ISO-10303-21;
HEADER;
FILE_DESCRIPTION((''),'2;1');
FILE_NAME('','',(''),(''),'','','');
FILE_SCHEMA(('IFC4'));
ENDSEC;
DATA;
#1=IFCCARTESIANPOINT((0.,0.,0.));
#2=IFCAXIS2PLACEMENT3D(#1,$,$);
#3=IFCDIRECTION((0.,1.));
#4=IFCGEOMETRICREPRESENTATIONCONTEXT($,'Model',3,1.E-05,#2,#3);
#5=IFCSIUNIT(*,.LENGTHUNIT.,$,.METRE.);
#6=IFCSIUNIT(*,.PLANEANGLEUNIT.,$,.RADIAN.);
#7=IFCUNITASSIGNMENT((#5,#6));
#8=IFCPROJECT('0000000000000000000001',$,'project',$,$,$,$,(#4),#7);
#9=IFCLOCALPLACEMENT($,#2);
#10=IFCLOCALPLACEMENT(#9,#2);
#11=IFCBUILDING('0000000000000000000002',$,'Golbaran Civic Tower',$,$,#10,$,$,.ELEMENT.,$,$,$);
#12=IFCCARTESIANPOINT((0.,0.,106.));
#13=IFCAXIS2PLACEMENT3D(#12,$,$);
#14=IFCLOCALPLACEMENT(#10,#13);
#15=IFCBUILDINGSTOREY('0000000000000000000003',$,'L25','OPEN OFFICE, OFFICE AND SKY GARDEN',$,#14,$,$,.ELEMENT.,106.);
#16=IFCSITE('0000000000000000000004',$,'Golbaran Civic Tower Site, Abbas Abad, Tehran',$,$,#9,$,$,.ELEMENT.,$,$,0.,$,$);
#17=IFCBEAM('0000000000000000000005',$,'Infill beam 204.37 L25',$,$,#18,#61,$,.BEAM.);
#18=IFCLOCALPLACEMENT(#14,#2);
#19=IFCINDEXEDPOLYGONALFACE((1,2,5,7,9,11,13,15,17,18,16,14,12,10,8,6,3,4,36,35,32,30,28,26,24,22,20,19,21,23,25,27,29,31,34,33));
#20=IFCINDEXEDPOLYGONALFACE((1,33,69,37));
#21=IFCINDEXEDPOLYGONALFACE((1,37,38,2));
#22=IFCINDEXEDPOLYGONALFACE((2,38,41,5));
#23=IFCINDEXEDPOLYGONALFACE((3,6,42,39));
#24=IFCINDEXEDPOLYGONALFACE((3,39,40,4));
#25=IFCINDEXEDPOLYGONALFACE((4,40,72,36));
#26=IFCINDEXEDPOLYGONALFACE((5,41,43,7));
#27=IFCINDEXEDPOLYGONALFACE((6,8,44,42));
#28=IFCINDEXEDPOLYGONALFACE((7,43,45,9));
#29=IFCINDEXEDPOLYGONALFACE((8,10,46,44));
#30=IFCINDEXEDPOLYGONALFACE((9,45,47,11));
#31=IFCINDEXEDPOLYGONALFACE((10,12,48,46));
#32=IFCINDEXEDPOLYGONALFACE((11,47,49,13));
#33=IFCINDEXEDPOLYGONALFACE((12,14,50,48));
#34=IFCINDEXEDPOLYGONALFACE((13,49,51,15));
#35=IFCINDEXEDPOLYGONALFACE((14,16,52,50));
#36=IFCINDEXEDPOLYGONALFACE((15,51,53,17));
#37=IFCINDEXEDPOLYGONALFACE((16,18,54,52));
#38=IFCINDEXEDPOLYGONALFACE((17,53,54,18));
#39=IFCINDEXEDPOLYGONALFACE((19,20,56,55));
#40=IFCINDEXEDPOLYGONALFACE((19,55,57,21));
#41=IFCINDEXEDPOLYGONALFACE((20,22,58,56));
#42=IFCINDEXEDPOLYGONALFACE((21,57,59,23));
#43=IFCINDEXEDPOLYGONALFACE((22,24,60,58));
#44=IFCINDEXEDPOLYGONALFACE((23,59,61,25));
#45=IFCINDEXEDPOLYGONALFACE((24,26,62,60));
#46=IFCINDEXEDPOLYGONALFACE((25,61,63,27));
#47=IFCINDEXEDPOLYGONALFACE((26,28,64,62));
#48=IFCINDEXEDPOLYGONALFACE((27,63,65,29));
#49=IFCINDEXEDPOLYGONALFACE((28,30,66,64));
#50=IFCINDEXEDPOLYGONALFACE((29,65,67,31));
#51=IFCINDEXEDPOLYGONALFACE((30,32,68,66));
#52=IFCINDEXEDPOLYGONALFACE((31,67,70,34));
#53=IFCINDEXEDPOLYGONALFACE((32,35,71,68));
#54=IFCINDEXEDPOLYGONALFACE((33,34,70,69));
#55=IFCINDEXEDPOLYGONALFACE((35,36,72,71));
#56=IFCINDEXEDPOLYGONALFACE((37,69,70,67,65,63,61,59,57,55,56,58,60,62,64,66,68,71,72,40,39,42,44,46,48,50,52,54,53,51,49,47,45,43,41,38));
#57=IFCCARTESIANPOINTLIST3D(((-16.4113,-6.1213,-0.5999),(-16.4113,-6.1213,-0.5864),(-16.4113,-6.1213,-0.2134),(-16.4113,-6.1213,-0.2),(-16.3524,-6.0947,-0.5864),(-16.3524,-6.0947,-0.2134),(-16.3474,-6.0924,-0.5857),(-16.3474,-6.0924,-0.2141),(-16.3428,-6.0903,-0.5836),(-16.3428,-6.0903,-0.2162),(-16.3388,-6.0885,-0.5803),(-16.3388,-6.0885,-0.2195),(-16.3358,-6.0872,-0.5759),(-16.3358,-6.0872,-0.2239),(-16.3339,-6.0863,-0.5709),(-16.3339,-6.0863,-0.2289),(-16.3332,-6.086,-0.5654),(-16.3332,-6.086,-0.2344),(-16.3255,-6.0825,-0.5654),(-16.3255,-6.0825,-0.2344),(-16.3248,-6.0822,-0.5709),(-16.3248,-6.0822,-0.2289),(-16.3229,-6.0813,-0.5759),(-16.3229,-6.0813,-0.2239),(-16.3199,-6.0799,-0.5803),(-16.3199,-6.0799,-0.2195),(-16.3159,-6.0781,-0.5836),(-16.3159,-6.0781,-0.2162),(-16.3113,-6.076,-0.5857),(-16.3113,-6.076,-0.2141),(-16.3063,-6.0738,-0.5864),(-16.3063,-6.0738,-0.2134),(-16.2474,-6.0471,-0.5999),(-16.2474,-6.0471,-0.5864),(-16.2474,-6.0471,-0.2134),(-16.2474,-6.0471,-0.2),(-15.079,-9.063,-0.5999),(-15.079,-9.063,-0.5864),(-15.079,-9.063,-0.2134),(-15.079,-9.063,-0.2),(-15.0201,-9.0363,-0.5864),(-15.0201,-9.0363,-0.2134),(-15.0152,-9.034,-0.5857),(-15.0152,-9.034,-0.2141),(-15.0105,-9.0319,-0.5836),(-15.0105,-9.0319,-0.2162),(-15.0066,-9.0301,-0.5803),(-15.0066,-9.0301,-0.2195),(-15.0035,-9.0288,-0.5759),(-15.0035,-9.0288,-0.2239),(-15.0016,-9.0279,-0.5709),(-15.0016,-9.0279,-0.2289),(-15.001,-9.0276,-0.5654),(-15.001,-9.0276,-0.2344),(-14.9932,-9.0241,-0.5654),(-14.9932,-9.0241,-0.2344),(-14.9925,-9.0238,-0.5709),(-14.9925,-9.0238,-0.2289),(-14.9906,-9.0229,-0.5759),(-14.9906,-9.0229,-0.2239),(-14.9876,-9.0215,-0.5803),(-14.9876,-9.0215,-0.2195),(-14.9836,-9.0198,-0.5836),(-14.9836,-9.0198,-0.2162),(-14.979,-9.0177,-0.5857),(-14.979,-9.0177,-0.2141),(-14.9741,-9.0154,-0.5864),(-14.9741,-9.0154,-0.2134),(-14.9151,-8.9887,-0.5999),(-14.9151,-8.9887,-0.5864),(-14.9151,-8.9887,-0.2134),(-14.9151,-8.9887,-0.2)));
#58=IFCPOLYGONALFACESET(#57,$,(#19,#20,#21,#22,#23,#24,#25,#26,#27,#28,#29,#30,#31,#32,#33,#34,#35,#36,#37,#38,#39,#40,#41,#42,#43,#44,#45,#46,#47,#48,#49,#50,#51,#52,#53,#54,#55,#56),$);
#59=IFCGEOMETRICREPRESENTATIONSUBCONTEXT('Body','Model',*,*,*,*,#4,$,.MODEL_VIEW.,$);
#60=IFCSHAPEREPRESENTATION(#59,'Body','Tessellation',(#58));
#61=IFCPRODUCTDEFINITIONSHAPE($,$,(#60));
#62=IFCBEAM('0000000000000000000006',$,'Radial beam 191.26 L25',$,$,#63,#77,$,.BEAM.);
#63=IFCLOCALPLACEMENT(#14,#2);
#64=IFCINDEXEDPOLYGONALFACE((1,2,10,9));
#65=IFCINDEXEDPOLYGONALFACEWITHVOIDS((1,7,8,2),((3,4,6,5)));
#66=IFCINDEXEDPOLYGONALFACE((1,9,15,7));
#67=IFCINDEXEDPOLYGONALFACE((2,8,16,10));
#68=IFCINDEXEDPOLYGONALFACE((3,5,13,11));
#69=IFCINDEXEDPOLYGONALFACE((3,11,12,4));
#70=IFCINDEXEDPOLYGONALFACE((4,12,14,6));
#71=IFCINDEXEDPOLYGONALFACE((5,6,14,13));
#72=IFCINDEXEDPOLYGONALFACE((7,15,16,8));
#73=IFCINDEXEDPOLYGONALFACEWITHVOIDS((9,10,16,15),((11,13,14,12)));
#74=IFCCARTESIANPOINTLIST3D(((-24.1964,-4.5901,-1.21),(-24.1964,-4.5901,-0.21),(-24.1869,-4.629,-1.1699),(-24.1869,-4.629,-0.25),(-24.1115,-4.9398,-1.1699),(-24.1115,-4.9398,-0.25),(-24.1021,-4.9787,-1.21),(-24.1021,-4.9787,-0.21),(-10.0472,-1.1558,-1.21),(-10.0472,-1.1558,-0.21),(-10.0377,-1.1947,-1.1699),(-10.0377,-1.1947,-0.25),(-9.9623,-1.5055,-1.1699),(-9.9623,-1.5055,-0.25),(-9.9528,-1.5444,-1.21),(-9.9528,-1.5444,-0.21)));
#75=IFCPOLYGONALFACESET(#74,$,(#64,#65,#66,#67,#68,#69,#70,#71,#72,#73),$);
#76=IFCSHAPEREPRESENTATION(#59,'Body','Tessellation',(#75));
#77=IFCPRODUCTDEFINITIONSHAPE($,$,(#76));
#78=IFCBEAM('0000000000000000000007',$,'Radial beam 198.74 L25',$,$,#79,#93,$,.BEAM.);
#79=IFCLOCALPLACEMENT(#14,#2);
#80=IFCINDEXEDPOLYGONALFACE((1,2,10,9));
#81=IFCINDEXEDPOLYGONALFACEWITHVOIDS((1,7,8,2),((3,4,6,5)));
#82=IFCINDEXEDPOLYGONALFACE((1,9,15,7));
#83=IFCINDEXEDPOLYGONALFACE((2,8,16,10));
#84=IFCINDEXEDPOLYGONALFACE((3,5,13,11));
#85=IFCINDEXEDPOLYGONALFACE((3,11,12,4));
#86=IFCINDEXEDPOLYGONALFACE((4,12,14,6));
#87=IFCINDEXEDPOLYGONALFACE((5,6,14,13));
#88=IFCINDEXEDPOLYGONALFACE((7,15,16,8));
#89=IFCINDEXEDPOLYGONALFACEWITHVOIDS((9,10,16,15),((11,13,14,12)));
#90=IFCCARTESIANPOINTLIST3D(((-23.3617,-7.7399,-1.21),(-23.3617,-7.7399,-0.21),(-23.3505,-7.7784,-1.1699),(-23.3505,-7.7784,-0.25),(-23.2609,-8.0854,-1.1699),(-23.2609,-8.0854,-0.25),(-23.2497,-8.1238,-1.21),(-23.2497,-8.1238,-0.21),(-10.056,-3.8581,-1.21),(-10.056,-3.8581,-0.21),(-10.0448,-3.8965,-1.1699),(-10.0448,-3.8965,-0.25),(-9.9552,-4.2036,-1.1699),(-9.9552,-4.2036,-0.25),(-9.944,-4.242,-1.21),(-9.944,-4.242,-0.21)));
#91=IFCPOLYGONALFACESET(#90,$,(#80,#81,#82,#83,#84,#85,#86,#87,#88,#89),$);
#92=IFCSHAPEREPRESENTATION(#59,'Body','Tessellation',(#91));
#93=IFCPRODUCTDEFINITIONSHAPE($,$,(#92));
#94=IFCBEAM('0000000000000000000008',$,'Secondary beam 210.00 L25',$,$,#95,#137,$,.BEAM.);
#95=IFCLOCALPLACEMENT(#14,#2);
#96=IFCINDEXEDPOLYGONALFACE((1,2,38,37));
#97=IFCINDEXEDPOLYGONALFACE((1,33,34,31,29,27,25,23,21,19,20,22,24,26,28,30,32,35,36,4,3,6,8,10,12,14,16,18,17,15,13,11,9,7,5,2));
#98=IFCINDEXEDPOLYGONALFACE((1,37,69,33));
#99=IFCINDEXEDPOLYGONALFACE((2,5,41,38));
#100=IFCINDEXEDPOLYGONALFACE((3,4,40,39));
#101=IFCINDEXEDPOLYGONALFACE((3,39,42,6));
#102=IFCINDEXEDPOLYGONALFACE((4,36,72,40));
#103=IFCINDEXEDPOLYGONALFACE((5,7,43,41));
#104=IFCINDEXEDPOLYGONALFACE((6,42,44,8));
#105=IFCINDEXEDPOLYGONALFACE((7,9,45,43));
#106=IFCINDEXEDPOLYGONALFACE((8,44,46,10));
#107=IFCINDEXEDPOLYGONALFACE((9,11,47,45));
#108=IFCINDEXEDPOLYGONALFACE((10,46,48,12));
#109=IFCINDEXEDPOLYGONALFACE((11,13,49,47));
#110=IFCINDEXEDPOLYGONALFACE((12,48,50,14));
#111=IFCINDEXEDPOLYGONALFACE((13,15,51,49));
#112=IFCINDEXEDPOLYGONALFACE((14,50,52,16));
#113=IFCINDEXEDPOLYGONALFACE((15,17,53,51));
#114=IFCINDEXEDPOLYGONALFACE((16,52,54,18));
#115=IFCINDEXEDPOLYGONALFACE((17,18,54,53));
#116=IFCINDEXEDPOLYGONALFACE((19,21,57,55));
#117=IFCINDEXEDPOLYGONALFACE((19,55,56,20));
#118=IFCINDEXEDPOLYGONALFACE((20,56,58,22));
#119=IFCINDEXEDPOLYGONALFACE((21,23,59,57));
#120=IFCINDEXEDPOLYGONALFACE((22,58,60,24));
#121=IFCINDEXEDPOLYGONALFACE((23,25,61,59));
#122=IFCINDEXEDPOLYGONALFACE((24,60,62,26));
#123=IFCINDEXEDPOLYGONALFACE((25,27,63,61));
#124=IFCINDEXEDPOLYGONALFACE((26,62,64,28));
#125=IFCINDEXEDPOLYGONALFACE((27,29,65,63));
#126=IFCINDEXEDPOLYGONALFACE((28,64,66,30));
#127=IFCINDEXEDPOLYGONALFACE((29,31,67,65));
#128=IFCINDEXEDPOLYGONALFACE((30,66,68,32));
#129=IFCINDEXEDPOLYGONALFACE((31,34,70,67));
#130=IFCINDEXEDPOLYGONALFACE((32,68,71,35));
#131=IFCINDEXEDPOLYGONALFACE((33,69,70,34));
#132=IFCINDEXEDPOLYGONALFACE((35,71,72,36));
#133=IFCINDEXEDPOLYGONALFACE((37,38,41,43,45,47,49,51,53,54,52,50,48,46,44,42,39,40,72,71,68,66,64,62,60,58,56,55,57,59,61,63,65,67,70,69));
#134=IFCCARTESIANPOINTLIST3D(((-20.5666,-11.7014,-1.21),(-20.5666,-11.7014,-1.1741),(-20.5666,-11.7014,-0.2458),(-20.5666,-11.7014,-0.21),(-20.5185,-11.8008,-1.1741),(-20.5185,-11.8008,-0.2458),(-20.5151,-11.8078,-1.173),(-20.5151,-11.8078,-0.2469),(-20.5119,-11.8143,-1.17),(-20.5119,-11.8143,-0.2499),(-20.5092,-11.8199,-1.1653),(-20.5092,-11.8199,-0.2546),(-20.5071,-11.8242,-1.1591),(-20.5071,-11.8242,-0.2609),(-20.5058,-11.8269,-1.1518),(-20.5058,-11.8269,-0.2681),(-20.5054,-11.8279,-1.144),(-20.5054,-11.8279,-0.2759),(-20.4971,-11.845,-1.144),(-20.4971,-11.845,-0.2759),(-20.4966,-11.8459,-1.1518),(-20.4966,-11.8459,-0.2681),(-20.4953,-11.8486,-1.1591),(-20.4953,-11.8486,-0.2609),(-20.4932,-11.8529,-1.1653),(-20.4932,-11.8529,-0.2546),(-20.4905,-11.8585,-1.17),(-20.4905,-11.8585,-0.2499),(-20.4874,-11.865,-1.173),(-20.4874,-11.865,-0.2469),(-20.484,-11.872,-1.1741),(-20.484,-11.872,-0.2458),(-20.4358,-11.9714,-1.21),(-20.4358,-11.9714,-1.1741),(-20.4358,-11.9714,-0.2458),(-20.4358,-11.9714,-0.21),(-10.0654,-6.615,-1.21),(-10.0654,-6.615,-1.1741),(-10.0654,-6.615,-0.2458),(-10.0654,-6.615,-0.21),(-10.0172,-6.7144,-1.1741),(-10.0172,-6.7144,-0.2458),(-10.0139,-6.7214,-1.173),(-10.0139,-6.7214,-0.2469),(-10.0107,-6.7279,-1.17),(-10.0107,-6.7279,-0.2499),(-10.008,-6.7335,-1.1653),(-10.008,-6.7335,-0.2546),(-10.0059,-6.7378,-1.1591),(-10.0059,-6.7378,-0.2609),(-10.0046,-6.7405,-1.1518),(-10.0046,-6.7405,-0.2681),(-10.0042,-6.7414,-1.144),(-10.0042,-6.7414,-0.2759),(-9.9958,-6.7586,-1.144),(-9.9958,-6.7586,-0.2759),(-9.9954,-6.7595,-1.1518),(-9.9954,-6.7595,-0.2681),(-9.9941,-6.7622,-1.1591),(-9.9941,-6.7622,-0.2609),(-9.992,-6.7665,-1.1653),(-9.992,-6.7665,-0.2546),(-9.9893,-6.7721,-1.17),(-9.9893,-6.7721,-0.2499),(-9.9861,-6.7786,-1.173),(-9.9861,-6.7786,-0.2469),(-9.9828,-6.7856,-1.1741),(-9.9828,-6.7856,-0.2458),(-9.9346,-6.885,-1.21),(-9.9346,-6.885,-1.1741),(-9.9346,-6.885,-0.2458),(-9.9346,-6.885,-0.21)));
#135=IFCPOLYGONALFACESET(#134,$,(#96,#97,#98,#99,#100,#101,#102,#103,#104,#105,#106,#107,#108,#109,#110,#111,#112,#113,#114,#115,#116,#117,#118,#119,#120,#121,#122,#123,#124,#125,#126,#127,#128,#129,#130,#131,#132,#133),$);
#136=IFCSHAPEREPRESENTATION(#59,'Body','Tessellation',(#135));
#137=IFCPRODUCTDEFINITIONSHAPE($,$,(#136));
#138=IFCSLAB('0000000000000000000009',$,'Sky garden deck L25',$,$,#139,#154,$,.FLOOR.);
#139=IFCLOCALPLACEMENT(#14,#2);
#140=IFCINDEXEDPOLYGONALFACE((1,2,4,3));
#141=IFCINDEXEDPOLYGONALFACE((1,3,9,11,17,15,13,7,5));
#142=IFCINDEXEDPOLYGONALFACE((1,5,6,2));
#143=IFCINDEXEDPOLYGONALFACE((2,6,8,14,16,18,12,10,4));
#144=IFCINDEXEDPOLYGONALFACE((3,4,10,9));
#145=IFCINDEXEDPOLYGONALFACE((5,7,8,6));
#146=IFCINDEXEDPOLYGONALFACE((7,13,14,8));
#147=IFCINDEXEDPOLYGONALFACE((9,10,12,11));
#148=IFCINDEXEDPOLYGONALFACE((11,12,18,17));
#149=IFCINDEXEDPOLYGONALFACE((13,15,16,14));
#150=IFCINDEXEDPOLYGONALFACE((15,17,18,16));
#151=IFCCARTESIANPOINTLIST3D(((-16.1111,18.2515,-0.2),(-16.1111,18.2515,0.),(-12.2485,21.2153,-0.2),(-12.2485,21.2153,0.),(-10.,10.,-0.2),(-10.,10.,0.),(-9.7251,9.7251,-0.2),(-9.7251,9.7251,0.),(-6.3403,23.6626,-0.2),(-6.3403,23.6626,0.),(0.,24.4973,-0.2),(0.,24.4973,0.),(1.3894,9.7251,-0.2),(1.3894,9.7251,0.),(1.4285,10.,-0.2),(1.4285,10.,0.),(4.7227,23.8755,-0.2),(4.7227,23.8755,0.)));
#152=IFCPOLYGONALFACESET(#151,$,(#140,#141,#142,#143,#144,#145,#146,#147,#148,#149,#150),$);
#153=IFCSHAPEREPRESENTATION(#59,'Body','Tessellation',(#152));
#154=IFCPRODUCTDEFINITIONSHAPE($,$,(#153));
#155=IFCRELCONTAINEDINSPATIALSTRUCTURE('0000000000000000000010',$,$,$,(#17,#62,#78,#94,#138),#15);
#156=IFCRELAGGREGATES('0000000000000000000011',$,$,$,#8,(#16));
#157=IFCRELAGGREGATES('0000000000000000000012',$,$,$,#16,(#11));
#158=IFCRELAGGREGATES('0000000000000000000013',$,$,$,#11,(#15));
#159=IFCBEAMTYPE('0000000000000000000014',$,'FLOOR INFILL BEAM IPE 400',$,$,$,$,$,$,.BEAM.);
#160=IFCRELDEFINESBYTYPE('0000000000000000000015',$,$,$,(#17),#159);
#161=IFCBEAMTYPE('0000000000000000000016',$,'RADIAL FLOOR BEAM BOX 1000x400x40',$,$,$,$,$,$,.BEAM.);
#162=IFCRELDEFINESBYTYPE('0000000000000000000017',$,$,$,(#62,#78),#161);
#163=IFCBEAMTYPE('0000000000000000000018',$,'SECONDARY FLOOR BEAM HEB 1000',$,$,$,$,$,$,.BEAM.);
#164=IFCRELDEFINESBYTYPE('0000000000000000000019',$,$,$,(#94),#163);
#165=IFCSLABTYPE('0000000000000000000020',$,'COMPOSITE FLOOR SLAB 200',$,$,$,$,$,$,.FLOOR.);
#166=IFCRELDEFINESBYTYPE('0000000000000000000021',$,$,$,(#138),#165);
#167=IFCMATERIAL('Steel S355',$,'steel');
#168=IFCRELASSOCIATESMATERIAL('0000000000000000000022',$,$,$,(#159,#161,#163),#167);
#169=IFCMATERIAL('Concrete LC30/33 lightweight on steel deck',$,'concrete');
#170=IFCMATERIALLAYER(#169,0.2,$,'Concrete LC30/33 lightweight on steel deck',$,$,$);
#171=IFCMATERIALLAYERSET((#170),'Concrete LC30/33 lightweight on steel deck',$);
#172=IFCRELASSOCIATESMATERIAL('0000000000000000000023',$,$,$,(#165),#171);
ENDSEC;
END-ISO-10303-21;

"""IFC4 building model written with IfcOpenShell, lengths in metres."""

from ifc_helpers import new_model, si_unit, direction, frame, origin, origin_2d, place, context, subcontext, project, spatial, polyline, hollow_rectangle, i_section, outline, extrude, material, layer, layer_set, material_profile, profile_set, type_object, element, save


model = new_model("IFC4")

# Units and contexts
model_context = context("Model", 3, precision=1e-05, world=origin(), true_north=direction((0.0, 1.0)))
body_context = subcontext(model_context, "Body", "Model", "MODEL_VIEW")
ifc_project = project(units=[si_unit("LENGTHUNIT", "METRE"), si_unit("PLANEANGLEUNIT", "RADIAN")], contexts=[model_context])

# Site, building, storey
site_placement = place(None, origin())
site = spatial("IfcSite", under=ifc_project, at=site_placement, Name="Golbaran Civic Tower Site, Abbas Abad, Tehran", CompositionType="ELEMENT", RefElevation=0.0)
building_placement = place(site_placement, origin())
building = spatial("IfcBuilding", under=site, at=building_placement, Name="Golbaran Civic Tower", CompositionType="ELEMENT")
storey_placement = place(building_placement, frame((0.0, 0.0, 106.0)))
storey = spatial("IfcBuildingStorey", under=building, at=storey_placement, Name="L25", Description="OPEN OFFICE, OFFICE AND SKY GARDEN", CompositionType="ELEMENT", Elevation=106.0)

# Beams
ifc_material_1 = material(Name="Steel S355", Category="steel")
ifc_material_profile_1 = material_profile(ifc_material_1, i_section(OverallWidth=0.1799, OverallDepth=0.3999, WebThickness=0.0085, FlangeThickness=0.0134, FilletRadius=0.021, at=origin_2d()), Name="IPE 400")
ifc_profile_set_1 = profile_set([ifc_material_profile_1], Name="Steel S355")
beam_type_1 = type_object("IfcBeamType", Name="FLOOR INFILL BEAM IPE 400", PredefinedType="BEAM", material=ifc_profile_set_1)
beam_1_placement = place(storey_placement, frame((-16.3293, -6.0842, -0.3999), z_axis=(0.412561, -0.91093, 0.0), x_axis=(0.91093, 0.412561, 0.0)))
element("IfcBeam", 1, at=beam_1_placement, inside=storey, type_object=beam_type_1, Name="Infill beam 204.37 L25", PredefinedType="BEAM", context=body_context, shape_type="SweptSolid", body=[
    extrude(i_section(OverallWidth=0.1799, OverallDepth=0.3999, WebThickness=0.0085, FlangeThickness=0.0134, FilletRadius=0.021, at=origin_2d()), origin(), (0.0, 0.0, 1.0), 3.2292),
])
ifc_material_profile_2 = material_profile(ifc_material_1, hollow_rectangle(XDim=0.3999, YDim=1.0, WallThickness=0.04, at=origin_2d()), Name="BOX 1000x400x40")
ifc_profile_set_2 = profile_set([ifc_material_profile_2], Name="Steel S355")
beam_type_2 = type_object("IfcBeamType", Name="RADIAL FLOOR BEAM BOX 1000x400x40", PredefinedType="BEAM", material=ifc_profile_set_2)
beam_2_placement = place(storey_placement, frame((-10.0, -1.3501, -0.71), z_axis=(-0.971784, -0.235874, 0.0), x_axis=(0.235874, -0.971784, 0.0)))
element("IfcBeam", 2, at=beam_2_placement, inside=storey, type_object=beam_type_2, Name="Radial beam 191.26 L25", PredefinedType="BEAM", context=body_context, shape_type="SweptSolid", body=[
    extrude(hollow_rectangle(XDim=0.3999, YDim=1.0, WallThickness=0.04, at=origin_2d()), origin(), (0.0, 0.0, 1.0), 14.5601),
])
beam_3_placement = place(storey_placement, frame((-10.0, -4.05, -0.71), z_axis=(-0.95998, -0.280068, 0.0), x_axis=(0.280068, -0.95998, 0.0)))
element("IfcBeam", 3, at=beam_3_placement, inside=storey, type_object=beam_type_2, Name="Radial beam 198.74 L25", PredefinedType="BEAM", context=body_context, shape_type="SweptSolid", body=[
    extrude(hollow_rectangle(XDim=0.3999, YDim=1.0, WallThickness=0.04, at=origin_2d()), origin(), (0.0, 0.0, 1.0), 13.8604),
])
ifc_material_profile_3 = material_profile(ifc_material_1, i_section(OverallWidth=0.3, OverallDepth=1.0, WebThickness=0.019, FlangeThickness=0.0359, FilletRadius=0.03, at=origin_2d()), Name="HEB 1000")
ifc_profile_set_3 = profile_set([ifc_material_profile_3], Name="Steel S355")
beam_type_3 = type_object("IfcBeamType", Name="SECONDARY FLOOR BEAM HEB 1000", PredefinedType="BEAM", material=ifc_profile_set_3)
beam_4_placement = place(storey_placement, frame((-10.0, -6.75, -0.71), z_axis=(-0.899985, -0.435921, 0.0), x_axis=(0.435921, -0.899985, 0.0)))
element("IfcBeam", 4, at=beam_4_placement, inside=storey, type_object=beam_type_3, Name="Secondary beam 210.00 L25", PredefinedType="BEAM", context=body_context, shape_type="SweptSolid", body=[
    extrude(i_section(OverallWidth=0.3, OverallDepth=1.0, WebThickness=0.019, FlangeThickness=0.0359, FilletRadius=0.03, at=origin_2d()), origin(), (0.0, 0.0, 1.0), 11.6682),
])

# Slab
ifc_material_2 = material(Name="Concrete LC30/33 lightweight on steel deck", Category="concrete")
ifc_layer_1 = layer(ifc_material_2, 0.2, Name="Concrete LC30/33 lightweight on steel deck")
ifc_layer_set_1 = layer_set([ifc_layer_1], Name="Concrete LC30/33 lightweight on steel deck")
slab_type_1 = type_object("IfcSlabType", Name="COMPOSITE FLOOR SLAB 200", PredefinedType="FLOOR", material=ifc_layer_set_1)
slab_1_placement = place(storey_placement, frame((0.0, 0.0, -0.2)))
element("IfcSlab", 5, at=slab_1_placement, inside=storey, type_object=slab_type_1, Name="Sky garden deck L25", PredefinedType="FLOOR", context=body_context, shape_type="SweptSolid", body=[
    extrude(outline(polyline([(-6.3403, 23.6626), (0.0, 24.4973), (4.7227, 23.8755), (1.4285, 10.0), (1.3894, 9.7251), (-9.7251, 9.7251), (-10.0, 10.0), (-16.1111, 18.2515), (-12.2485, 21.2153), (-6.3403, 23.6626)])), origin(), (0.0, 0.0, 1.0), 0.2),
])

save(model, "model.ifc")
